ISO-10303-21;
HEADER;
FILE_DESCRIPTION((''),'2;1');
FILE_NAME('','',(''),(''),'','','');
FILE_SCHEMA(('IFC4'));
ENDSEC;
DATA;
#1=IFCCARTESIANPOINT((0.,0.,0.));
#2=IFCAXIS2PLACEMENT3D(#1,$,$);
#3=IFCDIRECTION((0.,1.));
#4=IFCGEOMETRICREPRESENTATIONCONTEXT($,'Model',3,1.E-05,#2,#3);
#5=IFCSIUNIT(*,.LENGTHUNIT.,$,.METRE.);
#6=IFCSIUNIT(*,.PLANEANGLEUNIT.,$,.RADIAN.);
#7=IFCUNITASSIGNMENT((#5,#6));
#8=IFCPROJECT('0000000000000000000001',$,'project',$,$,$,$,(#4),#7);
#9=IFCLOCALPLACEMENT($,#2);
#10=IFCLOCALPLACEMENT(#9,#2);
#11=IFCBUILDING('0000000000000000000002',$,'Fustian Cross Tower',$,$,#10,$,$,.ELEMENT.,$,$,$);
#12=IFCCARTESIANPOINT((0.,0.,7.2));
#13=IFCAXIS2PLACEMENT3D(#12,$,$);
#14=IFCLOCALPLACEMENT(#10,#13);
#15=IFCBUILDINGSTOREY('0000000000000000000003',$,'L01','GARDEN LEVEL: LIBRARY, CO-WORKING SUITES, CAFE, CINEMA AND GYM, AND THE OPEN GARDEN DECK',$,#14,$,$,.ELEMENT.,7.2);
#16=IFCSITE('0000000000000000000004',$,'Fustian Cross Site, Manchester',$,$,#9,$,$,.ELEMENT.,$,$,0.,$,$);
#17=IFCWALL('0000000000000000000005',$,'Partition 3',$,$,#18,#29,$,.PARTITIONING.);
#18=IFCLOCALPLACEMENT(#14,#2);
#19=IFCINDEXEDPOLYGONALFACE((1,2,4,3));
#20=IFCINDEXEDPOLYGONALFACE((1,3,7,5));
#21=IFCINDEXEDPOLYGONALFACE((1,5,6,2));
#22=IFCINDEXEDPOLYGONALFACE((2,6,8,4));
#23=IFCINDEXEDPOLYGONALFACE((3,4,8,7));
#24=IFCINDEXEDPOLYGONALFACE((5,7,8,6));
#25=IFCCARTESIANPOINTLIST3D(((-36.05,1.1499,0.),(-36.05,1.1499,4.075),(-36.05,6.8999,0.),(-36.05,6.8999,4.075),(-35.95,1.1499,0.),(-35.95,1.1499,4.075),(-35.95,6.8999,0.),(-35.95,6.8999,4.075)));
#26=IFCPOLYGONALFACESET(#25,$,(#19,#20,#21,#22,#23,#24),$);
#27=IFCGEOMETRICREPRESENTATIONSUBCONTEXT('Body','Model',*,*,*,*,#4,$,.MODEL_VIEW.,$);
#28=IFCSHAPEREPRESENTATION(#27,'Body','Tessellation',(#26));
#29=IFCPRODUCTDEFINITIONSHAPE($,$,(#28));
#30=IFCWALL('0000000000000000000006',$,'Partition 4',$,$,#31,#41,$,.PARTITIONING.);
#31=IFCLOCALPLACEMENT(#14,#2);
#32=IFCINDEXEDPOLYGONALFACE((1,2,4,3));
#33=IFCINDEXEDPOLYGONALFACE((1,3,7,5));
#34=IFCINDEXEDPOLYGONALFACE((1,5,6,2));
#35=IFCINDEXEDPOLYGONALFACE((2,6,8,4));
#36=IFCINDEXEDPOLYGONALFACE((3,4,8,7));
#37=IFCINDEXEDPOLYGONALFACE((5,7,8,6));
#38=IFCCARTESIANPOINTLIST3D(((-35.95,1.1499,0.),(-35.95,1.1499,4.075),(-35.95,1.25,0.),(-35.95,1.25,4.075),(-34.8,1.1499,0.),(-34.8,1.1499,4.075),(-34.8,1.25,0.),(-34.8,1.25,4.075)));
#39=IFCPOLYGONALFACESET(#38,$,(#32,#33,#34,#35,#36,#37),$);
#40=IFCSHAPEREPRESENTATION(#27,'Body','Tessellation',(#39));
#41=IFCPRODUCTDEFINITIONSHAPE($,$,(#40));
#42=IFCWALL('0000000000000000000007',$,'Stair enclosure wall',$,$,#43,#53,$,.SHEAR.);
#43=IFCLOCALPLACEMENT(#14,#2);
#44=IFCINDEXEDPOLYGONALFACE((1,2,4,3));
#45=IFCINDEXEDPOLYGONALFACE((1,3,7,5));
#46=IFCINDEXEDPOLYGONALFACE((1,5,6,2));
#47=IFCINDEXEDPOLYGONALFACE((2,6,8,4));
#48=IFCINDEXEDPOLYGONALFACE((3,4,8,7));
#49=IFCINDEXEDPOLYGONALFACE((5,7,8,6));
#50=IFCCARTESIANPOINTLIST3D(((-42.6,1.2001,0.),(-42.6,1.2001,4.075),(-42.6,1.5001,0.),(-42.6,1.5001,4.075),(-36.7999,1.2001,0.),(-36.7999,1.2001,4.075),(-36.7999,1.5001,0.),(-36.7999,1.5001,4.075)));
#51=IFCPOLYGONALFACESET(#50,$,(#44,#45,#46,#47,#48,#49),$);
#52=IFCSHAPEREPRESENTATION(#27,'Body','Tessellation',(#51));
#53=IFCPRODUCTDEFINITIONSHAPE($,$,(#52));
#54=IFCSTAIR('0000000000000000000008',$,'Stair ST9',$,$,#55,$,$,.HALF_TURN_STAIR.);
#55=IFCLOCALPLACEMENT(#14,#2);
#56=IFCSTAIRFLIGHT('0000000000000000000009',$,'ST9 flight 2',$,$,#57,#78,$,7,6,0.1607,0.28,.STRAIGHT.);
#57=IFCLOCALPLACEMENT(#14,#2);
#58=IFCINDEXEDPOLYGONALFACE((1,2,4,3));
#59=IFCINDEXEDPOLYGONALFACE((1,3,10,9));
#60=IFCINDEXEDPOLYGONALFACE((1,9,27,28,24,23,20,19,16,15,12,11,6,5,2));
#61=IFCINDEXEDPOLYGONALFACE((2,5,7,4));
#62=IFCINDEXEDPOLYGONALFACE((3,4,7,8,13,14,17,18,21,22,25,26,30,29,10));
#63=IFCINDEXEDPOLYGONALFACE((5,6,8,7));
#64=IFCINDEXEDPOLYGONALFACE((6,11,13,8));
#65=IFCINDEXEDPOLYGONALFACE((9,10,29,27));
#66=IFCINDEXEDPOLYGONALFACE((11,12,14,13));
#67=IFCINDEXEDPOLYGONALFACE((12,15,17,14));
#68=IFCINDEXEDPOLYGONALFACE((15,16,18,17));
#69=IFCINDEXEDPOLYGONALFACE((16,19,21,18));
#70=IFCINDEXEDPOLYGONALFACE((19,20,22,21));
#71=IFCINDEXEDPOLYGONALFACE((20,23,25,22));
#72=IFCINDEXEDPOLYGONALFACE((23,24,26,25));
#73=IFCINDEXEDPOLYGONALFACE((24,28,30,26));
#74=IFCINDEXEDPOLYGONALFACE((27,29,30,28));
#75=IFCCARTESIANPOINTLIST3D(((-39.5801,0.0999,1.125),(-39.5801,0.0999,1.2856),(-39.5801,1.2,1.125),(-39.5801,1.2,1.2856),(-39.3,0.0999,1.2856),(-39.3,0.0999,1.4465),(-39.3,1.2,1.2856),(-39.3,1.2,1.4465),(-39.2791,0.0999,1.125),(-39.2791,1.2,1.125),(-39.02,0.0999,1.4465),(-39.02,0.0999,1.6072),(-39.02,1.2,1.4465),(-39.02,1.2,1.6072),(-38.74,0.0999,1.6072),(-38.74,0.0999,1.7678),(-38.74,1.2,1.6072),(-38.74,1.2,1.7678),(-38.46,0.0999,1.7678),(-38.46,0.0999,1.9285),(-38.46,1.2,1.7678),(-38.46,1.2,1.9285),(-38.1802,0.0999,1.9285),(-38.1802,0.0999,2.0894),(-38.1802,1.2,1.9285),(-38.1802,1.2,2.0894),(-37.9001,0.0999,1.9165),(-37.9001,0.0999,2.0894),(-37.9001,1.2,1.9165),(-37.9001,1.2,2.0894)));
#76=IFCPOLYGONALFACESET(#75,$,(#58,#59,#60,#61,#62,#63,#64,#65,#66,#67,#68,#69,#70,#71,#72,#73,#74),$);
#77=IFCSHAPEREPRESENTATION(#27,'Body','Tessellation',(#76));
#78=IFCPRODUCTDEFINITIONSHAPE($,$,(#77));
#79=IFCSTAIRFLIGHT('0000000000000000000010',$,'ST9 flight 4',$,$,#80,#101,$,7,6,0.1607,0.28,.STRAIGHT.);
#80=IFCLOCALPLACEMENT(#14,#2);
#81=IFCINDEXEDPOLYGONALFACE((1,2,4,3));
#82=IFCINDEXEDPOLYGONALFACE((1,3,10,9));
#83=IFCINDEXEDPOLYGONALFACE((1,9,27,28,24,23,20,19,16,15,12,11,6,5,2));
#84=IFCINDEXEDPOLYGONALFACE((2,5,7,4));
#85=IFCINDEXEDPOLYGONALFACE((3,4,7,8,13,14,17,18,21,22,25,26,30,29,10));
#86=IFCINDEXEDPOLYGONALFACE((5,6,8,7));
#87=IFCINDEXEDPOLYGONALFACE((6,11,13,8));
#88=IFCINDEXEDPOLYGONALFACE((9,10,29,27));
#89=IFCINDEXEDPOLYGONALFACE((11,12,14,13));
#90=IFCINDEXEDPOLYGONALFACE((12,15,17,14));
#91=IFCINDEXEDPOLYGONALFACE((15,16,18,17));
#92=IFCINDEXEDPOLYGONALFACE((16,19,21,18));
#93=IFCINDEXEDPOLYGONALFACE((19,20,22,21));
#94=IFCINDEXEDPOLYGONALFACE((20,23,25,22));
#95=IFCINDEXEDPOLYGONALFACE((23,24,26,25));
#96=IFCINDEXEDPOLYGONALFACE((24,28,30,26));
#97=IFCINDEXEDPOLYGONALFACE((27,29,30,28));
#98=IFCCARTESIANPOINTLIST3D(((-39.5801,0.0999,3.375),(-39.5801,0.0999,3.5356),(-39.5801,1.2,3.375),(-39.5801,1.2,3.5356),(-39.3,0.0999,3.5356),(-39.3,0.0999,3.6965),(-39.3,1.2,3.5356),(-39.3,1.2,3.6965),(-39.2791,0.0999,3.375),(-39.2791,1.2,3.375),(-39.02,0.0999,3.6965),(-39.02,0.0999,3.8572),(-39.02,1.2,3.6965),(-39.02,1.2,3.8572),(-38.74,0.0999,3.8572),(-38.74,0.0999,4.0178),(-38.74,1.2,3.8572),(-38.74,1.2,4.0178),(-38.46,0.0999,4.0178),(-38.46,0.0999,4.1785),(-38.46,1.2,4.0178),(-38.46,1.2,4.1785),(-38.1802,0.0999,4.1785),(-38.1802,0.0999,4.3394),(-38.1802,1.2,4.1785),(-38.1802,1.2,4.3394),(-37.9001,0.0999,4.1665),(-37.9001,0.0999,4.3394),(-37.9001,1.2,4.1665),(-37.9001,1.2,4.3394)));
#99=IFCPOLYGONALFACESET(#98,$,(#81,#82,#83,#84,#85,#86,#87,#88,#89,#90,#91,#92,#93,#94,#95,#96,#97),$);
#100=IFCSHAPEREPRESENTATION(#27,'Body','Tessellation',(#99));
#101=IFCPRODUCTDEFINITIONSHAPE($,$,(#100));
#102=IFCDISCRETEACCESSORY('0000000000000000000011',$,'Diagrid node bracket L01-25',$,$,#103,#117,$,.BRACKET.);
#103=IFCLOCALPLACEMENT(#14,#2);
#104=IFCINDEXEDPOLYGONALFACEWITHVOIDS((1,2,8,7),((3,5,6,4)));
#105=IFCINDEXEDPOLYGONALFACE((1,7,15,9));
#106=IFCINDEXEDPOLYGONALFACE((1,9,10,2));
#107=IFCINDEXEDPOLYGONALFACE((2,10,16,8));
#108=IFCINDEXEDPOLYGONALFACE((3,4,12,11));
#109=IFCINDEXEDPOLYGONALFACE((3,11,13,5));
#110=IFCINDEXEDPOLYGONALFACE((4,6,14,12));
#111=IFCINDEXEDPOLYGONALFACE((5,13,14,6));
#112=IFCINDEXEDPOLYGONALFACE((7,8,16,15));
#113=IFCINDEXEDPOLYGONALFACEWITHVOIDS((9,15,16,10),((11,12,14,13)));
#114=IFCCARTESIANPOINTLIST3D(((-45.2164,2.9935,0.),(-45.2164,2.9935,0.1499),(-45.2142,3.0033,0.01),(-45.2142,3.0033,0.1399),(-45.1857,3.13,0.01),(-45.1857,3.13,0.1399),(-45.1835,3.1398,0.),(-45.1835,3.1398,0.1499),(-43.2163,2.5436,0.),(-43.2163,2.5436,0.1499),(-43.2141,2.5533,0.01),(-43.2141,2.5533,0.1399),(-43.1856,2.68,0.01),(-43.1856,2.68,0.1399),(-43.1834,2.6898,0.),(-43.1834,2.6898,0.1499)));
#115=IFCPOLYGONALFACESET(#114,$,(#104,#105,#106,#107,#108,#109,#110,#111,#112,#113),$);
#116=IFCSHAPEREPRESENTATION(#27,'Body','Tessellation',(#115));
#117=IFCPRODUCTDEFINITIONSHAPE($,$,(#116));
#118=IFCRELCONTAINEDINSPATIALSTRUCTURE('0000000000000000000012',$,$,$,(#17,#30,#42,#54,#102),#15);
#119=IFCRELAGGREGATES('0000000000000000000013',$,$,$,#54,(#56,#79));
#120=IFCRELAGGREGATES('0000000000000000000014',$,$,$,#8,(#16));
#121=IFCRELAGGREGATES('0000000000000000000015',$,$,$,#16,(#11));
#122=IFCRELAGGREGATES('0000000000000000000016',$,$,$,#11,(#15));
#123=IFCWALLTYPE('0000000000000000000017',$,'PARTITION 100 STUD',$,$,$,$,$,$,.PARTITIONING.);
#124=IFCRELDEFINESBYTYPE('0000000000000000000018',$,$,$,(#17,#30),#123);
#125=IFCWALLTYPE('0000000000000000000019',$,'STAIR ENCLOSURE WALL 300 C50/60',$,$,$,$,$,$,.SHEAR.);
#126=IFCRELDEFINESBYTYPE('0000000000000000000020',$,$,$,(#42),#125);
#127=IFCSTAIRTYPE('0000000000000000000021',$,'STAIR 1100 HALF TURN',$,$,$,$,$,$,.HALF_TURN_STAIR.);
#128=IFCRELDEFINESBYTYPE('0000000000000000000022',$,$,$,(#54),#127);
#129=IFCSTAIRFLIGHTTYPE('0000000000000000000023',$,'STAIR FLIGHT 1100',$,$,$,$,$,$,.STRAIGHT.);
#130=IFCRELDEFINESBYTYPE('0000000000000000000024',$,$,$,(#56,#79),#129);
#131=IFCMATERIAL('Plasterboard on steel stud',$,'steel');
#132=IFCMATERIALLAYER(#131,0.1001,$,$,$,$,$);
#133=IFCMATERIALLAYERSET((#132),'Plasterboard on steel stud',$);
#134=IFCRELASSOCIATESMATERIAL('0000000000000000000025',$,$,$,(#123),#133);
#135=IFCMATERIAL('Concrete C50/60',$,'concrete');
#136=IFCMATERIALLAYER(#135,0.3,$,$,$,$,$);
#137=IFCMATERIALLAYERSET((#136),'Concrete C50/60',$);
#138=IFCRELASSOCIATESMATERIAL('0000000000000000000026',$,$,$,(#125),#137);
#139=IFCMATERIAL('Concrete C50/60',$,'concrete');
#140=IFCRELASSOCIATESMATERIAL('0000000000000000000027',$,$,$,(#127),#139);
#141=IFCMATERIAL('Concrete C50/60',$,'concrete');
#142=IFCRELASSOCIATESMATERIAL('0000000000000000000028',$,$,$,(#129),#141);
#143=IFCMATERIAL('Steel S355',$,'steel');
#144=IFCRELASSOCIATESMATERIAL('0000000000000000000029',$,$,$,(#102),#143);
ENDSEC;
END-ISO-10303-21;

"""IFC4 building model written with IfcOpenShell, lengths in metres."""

from ifc_helpers import new_model, si_unit, direction, frame, frame_2d, origin, origin_2d, place, context, subcontext, project, spatial, polyline, rectangle, hollow_rectangle, outline, extrude, material, layer, layer_set, type_object, element, aggregate, save


model = new_model("IFC4")

# Units and contexts
model_context = context("Model", 3, precision=1e-05, world=origin(), true_north=direction((0.0, 1.0)))
body_context = subcontext(model_context, "Body", "Model", "MODEL_VIEW")
ifc_project = project(units=[si_unit("LENGTHUNIT", "METRE"), si_unit("PLANEANGLEUNIT", "RADIAN")], contexts=[model_context])

# Site, building, storey
site_placement = place(None, origin())
site = spatial("IfcSite", under=ifc_project, at=site_placement, Name="Fustian Cross Site, Manchester", CompositionType="ELEMENT", RefElevation=0.0)
building_placement = place(site_placement, origin())
building = spatial("IfcBuilding", under=site, at=building_placement, Name="Fustian Cross Tower", CompositionType="ELEMENT")
storey_placement = place(building_placement, frame((0.0, 0.0, 7.2)))
storey = spatial("IfcBuildingStorey", under=building, at=storey_placement, Name="L01", Description="GARDEN LEVEL: LIBRARY, CO-WORKING SUITES, CAFE, CINEMA AND GYM, AND THE OPEN GARDEN DECK", CompositionType="ELEMENT", Elevation=7.2)

# Walls
ifc_material_1 = material(Name="Plasterboard on steel stud", Category="steel")
ifc_layer_1 = layer(ifc_material_1, 0.1001)
ifc_layer_set_1 = layer_set([ifc_layer_1], Name="Plasterboard on steel stud")
wall_type_1 = type_object("IfcWallType", Name="PARTITION 100 STUD", PredefinedType="PARTITIONING", material=ifc_layer_set_1)
wall_1_placement = place(storey_placement, frame((-36.0, 1.1499, 0.0), z_axis=(0.0, 0.0, 1.0), x_axis=(0.0, 1.0, 0.0)))
element("IfcWall", 1, at=wall_1_placement, inside=storey, type_object=wall_type_1, Name="Partition 3", PredefinedType="PARTITIONING", context=body_context, shape_type="SweptSolid", body=[
    extrude(rectangle(XDim=5.75, YDim=0.1001, at=frame_2d((2.875, 0.0))), origin(), (0.0, 0.0, 1.0), 4.075),
])
wall_2_placement = place(storey_placement, frame((-35.95, 1.2, 0.0), z_axis=(0.0, 0.0, 1.0), x_axis=(1.0, 0.0, 0.0)))
element("IfcWall", 2, at=wall_2_placement, inside=storey, type_object=wall_type_1, Name="Partition 4", PredefinedType="PARTITIONING", context=body_context, shape_type="SweptSolid", body=[
    extrude(rectangle(XDim=1.1499, YDim=0.1001, at=frame_2d((0.575, 0.0))), origin(), (0.0, 0.0, 1.0), 4.075),
])
ifc_material_2 = material(Name="Concrete C50/60", Category="concrete")
ifc_layer_2 = layer(ifc_material_2, 0.3)
ifc_layer_set_2 = layer_set([ifc_layer_2], Name="Concrete C50/60")
wall_type_2 = type_object("IfcWallType", Name="STAIR ENCLOSURE WALL 300 C50/60", PredefinedType="SHEAR", material=ifc_layer_set_2)
wall_3_placement = place(storey_placement, frame((-36.8, 1.3501, 0.0), z_axis=(0.0, 0.0, 1.0), x_axis=(-1.0, 0.0, 0.0)))
element("IfcWall", 3, at=wall_3_placement, inside=storey, type_object=wall_type_2, Name="Stair enclosure wall", PredefinedType="SHEAR", context=body_context, shape_type="SweptSolid", body=[
    extrude(rectangle(XDim=5.8, YDim=0.3, at=frame_2d((2.8999, 0.0))), origin(), (0.0, 0.0, 1.0), 4.075),
])

# Stair, stair flights
ifc_material_3 = material(Name="Concrete C50/60", Category="concrete")
stair_type = type_object("IfcStairType", Name="STAIR 1100 HALF TURN", PredefinedType="HALF_TURN_STAIR", material=ifc_material_3)
stair_placement = place(storey_placement, origin())
stair = element("IfcStair", 4, at=stair_placement, inside=storey, type_object=stair_type, Name="Stair ST9", PredefinedType="HALF_TURN_STAIR")
ifc_material_4 = material(Name="Concrete C50/60", Category="concrete")
stair_flight_type = type_object("IfcStairFlightType", Name="STAIR FLIGHT 1100", PredefinedType="STRAIGHT", material=ifc_material_4)
stair_flight_1_placement = place(storey_placement, frame((-39.5801, 0.6499, 1.125), z_axis=(0.0, 0.0, 1.0), x_axis=(1.0, 0.0, 0.0)))
stair_flight_1 = element("IfcStairFlight", 5, at=stair_flight_1_placement, type_object=stair_flight_type, Name="ST9 flight 2", NumberOfRisers=7, NumberOfTreads=6, PredefinedType="STRAIGHT", RiserHeight=0.1607, TreadLength=0.28, context=body_context, shape_type="SweptSolid", body=[
    extrude(outline(polyline([(0.0, 0.0), (0.0, 0.1606), (0.28, 0.1606), (0.28, 0.3215), (0.5601, 0.3215), (0.5601, 0.4822), (0.8401, 0.4822), (0.8401, 0.6428), (1.1201, 0.6428), (1.1201, 0.8035), (1.3999, 0.8035), (1.3999, 0.9644), (1.6799, 0.9644), (1.6799, 1.125), (1.6799, 0.7915), (0.301, 0.0), (0.0, 0.0)])), frame((0.0, 0.55, 0.0), z_axis=(0.0, -1.0, 0.0), x_axis=(1.0, 0.0, 0.0)), (0.0, 0.0, 1.0), 1.1001),
])
stair_flight_2_placement = place(storey_placement, frame((-39.5801, 0.6499, 3.375), z_axis=(0.0, 0.0, 1.0), x_axis=(1.0, 0.0, 0.0)))
stair_flight_2 = element("IfcStairFlight", 6, at=stair_flight_2_placement, type_object=stair_flight_type, Name="ST9 flight 4", NumberOfRisers=7, NumberOfTreads=6, PredefinedType="STRAIGHT", RiserHeight=0.1607, TreadLength=0.28, context=body_context, shape_type="SweptSolid", body=[
    extrude(outline(polyline([(0.0, 0.0), (0.0, 0.1606), (0.28, 0.1606), (0.28, 0.3215), (0.5601, 0.3215), (0.5601, 0.4822), (0.8401, 0.4822), (0.8401, 0.6428), (1.1201, 0.6428), (1.1201, 0.8035), (1.3999, 0.8035), (1.3999, 0.9644), (1.6799, 0.9644), (1.6799, 1.125), (1.6799, 0.7915), (0.301, 0.0), (0.0, 0.0)])), frame((0.0, 0.55, 0.0), z_axis=(0.0, -1.0, 0.0), x_axis=(1.0, 0.0, 0.0)), (0.0, 0.0, 1.0), 1.1001),
])
aggregate(stair, [stair_flight_1, stair_flight_2])

# Discrete accessory
ifc_material_5 = material(Name="Steel S355", Category="steel")
discrete_accessory_placement = place(storey_placement, frame((-45.2, 3.0667, 0.075), z_axis=(0.975615, -0.21949, 0.0), x_axis=(0.21949, 0.975615, 0.0)))
element("IfcDiscreteAccessory", 7, at=discrete_accessory_placement, inside=storey, material=ifc_material_5, Name="Diagrid node bracket L01-25", PredefinedType="BRACKET", context=body_context, shape_type="SweptSolid", body=[
    extrude(hollow_rectangle(XDim=0.1499, YDim=0.1499, WallThickness=0.01, at=origin_2d()), origin(), (0.0, 0.0, 1.0), 2.05),
])

save(model, "model.ifc")
